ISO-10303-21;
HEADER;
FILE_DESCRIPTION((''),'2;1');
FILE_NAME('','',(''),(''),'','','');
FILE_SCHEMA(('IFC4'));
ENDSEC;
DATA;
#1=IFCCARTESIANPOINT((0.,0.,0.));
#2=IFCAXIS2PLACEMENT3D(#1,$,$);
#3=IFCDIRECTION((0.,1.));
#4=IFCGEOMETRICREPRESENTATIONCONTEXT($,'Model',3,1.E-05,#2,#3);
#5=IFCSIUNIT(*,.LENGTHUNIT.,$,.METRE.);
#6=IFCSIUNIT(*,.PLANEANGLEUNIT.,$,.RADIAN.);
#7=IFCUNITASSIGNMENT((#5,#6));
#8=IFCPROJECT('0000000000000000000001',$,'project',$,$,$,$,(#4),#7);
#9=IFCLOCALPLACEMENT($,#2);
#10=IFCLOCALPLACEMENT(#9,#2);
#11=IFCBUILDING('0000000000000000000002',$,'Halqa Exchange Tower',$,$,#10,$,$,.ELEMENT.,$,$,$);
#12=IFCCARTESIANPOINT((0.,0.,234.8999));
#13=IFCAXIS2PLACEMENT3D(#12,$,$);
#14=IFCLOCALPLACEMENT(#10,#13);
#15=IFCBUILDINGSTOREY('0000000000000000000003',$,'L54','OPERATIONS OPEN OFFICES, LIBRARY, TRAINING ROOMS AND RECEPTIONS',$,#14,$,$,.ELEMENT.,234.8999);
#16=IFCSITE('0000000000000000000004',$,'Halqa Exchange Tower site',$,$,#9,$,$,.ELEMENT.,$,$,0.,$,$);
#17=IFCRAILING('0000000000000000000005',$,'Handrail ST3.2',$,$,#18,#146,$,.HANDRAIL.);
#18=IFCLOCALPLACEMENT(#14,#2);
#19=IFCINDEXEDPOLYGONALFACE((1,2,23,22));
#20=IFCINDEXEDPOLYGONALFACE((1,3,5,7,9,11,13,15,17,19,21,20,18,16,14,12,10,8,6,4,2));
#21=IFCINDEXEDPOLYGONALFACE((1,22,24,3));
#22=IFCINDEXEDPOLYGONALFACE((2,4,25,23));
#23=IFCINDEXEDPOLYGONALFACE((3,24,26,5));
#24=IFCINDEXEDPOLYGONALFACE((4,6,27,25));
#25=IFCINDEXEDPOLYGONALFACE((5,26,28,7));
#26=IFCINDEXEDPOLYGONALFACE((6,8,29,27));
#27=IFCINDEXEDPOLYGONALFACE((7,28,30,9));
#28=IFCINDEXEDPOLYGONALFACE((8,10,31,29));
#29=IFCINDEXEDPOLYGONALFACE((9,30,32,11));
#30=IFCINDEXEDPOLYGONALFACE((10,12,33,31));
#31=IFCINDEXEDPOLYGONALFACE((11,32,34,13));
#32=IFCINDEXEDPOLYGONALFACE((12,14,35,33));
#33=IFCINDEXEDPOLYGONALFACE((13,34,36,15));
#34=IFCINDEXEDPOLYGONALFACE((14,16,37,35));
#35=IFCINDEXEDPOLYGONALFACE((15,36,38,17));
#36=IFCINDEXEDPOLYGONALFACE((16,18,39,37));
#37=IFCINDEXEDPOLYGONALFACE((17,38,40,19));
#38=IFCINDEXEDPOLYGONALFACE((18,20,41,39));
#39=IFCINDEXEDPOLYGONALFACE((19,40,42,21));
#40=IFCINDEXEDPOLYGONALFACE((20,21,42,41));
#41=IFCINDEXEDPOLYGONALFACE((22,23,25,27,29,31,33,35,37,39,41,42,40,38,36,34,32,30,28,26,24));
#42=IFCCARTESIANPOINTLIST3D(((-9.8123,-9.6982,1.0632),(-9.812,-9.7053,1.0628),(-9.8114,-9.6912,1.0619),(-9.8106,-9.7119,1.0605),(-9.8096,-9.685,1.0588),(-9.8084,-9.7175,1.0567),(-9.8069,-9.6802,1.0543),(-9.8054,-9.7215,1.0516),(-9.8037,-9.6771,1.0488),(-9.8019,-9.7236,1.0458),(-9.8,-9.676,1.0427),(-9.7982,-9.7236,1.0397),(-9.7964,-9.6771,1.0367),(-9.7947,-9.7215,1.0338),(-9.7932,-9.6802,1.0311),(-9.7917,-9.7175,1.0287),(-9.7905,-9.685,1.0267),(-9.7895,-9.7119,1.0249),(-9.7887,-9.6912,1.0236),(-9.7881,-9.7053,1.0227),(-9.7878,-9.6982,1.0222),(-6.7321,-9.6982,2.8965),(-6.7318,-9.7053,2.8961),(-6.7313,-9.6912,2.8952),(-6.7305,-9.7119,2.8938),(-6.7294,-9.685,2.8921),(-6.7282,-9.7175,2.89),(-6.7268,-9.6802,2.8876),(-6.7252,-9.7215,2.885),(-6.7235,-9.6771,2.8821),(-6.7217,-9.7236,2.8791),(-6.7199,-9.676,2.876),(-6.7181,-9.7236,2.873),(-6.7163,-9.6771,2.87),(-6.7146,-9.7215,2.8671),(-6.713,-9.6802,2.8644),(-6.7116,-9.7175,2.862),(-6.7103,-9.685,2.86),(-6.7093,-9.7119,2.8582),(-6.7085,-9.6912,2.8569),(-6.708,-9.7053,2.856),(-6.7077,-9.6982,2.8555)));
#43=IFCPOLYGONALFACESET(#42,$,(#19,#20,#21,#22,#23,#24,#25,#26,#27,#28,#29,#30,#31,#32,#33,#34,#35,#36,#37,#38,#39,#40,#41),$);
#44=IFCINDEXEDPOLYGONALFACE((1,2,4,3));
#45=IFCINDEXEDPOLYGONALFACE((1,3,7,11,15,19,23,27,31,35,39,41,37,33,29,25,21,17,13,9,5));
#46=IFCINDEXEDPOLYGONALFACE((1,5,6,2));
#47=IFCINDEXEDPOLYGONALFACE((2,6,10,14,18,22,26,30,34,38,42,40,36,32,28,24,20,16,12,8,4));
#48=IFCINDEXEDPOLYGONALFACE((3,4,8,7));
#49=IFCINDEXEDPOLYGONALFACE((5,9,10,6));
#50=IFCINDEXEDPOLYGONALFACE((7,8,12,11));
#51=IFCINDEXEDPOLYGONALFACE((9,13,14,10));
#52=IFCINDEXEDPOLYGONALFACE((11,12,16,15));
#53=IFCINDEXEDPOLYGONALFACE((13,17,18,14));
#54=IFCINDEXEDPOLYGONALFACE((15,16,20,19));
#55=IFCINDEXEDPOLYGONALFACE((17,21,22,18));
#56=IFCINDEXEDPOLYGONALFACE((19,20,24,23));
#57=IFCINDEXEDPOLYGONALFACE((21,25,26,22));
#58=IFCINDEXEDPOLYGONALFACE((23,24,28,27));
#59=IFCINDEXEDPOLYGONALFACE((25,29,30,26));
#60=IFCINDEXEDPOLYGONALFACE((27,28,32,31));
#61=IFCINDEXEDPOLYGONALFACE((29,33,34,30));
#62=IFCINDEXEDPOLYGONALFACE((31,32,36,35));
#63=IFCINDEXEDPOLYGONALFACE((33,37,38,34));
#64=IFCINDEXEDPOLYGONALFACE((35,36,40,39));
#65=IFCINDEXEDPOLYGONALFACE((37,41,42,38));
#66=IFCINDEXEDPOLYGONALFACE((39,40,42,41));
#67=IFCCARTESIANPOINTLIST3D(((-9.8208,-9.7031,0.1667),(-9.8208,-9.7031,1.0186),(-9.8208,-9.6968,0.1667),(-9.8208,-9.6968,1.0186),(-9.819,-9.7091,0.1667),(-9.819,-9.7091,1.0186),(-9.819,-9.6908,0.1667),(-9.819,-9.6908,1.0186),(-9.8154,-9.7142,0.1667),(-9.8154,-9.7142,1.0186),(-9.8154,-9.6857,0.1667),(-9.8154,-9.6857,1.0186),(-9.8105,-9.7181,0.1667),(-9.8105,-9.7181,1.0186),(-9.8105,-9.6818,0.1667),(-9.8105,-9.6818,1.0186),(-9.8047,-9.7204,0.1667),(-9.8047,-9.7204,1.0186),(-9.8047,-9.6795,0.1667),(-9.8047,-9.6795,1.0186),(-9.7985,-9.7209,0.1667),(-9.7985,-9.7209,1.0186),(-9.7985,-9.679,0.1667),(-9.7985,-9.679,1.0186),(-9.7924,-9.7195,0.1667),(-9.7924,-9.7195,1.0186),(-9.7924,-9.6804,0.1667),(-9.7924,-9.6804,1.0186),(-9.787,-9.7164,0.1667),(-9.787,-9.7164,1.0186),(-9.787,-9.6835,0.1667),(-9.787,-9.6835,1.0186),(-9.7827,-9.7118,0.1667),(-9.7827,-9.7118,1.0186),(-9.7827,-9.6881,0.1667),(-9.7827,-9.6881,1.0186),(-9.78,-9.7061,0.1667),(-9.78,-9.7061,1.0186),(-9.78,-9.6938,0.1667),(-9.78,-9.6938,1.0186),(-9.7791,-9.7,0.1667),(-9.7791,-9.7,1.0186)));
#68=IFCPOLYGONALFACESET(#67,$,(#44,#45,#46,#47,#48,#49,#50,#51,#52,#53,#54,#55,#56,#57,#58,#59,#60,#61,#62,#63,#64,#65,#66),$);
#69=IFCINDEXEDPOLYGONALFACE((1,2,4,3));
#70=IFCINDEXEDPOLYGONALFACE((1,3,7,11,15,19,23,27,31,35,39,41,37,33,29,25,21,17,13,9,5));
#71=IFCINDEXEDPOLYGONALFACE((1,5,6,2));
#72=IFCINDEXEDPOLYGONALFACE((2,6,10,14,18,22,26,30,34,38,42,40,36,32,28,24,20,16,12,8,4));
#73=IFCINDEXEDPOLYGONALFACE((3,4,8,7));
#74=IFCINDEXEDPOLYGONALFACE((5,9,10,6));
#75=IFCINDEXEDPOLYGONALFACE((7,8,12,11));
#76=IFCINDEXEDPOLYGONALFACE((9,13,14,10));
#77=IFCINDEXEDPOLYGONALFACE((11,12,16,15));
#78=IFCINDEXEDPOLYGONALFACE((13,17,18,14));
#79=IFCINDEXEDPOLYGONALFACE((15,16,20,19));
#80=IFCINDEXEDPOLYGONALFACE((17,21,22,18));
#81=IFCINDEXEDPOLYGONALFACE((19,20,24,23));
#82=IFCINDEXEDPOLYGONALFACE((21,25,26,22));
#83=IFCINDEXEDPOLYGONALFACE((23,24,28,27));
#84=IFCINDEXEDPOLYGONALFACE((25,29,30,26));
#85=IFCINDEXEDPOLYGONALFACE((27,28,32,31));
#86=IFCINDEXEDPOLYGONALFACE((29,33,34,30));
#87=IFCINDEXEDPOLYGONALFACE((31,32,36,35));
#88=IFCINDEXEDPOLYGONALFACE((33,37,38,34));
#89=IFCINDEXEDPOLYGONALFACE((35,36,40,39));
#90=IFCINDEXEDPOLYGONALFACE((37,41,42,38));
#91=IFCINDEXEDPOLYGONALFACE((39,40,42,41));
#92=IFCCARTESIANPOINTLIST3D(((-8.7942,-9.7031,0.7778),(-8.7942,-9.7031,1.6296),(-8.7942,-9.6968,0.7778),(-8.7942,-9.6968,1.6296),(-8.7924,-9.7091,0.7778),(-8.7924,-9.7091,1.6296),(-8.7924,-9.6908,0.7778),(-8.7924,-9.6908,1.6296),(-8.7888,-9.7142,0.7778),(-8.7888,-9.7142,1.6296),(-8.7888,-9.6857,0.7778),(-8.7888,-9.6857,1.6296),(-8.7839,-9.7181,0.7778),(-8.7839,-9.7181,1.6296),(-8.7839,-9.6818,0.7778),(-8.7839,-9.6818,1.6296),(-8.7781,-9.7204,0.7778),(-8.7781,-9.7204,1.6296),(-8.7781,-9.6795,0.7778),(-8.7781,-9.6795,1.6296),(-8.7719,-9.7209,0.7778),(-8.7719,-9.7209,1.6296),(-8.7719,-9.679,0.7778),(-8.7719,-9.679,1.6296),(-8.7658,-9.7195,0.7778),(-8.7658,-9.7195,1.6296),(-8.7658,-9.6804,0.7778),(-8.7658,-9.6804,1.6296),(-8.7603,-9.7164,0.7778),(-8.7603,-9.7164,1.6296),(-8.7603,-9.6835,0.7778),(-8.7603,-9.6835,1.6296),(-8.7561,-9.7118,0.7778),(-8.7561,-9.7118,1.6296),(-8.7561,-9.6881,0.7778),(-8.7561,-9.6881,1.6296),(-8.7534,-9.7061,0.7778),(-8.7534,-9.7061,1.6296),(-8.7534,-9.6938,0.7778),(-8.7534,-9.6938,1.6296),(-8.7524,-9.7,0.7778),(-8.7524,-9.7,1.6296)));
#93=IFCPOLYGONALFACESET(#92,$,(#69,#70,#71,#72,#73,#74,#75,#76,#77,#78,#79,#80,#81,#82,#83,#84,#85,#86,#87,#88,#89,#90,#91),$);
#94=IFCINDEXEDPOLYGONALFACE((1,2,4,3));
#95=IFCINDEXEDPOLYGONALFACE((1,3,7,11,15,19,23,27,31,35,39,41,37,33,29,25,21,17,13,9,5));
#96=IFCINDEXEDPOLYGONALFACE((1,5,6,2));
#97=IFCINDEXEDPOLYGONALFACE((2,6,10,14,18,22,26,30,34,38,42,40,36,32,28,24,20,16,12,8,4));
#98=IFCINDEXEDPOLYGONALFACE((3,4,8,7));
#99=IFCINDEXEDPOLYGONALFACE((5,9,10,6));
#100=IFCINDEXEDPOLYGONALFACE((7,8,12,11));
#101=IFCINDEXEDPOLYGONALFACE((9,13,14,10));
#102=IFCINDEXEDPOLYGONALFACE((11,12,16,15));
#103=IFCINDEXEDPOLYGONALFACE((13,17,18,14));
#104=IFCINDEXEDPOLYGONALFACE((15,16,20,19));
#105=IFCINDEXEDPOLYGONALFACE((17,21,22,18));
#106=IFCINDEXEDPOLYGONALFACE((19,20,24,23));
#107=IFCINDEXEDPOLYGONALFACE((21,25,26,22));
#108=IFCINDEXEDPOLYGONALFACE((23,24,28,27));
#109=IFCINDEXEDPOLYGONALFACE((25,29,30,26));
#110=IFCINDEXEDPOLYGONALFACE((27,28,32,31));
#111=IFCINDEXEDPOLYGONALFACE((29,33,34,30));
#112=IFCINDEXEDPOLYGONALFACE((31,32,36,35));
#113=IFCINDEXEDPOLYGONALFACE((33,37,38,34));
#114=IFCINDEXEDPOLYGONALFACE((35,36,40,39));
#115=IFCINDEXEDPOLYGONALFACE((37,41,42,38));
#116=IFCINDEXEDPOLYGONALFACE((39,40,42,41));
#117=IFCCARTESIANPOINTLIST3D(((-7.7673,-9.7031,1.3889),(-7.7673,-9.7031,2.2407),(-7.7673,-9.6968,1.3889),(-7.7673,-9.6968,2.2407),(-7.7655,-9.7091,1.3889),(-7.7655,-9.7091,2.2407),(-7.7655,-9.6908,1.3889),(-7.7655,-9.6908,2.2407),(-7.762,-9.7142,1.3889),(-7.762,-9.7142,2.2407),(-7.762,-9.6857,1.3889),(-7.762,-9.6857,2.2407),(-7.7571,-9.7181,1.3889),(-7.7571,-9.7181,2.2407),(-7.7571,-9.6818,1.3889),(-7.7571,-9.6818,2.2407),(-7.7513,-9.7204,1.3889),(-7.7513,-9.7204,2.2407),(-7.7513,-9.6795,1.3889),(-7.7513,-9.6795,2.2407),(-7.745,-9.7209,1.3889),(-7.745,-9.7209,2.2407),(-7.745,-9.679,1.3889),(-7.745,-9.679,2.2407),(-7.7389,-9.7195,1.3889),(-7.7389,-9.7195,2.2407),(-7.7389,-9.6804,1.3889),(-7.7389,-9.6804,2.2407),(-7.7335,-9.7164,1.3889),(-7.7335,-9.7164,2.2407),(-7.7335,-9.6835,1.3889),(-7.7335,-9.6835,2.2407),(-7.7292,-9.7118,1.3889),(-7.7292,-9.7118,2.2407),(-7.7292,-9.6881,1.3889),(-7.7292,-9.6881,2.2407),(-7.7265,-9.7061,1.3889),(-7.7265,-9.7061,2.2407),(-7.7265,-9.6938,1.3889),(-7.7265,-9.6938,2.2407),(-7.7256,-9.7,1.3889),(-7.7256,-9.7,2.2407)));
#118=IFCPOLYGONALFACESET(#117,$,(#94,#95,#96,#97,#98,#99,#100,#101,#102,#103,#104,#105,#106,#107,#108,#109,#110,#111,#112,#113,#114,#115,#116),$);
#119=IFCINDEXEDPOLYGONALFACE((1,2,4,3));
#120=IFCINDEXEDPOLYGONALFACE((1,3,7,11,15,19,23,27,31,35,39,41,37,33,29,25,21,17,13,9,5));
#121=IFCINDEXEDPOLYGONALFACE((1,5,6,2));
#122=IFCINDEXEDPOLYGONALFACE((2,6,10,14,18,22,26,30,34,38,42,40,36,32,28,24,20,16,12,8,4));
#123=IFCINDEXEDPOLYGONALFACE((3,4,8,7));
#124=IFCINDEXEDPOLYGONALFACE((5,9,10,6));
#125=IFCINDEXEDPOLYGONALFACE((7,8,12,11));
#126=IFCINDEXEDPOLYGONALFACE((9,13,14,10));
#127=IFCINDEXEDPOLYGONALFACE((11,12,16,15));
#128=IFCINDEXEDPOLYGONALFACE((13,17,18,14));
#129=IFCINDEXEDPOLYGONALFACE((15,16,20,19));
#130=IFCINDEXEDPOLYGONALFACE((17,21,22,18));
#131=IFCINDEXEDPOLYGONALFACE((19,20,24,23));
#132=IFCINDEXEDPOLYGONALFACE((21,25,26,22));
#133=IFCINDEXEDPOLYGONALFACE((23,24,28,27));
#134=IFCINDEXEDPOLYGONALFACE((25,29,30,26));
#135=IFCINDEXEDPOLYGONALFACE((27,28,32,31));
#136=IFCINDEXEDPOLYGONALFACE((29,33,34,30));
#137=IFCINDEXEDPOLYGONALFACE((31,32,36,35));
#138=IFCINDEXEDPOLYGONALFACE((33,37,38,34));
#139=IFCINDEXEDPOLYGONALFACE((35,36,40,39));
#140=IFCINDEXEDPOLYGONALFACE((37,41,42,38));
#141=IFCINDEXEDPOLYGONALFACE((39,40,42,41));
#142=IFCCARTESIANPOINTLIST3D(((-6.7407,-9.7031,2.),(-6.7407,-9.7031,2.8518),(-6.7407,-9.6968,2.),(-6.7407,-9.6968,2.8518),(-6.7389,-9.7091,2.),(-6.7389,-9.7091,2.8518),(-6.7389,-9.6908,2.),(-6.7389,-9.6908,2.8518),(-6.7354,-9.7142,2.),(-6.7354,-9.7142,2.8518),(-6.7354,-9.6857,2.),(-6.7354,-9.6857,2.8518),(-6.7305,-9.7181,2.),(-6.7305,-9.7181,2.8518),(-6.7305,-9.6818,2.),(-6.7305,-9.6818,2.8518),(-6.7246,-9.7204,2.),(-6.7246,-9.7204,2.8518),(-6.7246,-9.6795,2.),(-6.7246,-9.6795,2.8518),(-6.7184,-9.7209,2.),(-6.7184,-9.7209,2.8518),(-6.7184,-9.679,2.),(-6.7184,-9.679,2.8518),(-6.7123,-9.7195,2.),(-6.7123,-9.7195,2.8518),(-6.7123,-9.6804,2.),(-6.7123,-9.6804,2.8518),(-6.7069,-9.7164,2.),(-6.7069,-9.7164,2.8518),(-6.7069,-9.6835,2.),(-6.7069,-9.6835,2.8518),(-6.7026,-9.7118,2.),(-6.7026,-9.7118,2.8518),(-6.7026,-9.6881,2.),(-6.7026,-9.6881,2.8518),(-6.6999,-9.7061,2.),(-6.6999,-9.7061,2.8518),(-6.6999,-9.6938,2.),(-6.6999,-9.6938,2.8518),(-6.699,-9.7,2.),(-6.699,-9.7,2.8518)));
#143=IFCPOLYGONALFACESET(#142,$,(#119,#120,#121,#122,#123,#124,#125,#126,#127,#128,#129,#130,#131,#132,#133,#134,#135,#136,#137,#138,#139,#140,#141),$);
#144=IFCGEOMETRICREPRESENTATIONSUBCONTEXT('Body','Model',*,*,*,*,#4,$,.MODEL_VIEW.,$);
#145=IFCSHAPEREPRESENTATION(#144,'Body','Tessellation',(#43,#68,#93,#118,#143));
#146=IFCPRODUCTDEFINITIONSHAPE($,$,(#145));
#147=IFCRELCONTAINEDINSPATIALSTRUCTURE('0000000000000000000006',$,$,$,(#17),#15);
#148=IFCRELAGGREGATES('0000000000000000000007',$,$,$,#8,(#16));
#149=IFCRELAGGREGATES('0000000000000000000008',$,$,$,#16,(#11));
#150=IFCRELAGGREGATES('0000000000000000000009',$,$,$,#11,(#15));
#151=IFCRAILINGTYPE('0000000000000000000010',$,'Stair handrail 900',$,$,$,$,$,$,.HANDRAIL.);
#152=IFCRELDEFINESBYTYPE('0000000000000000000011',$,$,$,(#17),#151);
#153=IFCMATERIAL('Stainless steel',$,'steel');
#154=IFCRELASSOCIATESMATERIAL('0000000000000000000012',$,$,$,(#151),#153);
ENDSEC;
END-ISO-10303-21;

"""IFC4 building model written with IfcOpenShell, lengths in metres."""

from ifc_helpers import new_model, si_unit, direction, frame, origin, origin_2d, place, context, subcontext, project, spatial, circle, extrude, material, type_object, element, save


model = new_model("IFC4")

# Units and contexts
model_context = context("Model", 3, precision=1e-05, world=origin(), true_north=direction((0.0, 1.0)))
body_context = subcontext(model_context, "Body", "Model", "MODEL_VIEW")
ifc_project = project(units=[si_unit("LENGTHUNIT", "METRE"), si_unit("PLANEANGLEUNIT", "RADIAN")], contexts=[model_context])

# Site, building, storey
site_placement = place(None, origin())
site = spatial("IfcSite", under=ifc_project, at=site_placement, Name="Halqa Exchange Tower site", CompositionType="ELEMENT", RefElevation=0.0)
building_placement = place(site_placement, origin())
building = spatial("IfcBuilding", under=site, at=building_placement, Name="Halqa Exchange Tower", CompositionType="ELEMENT")
storey_placement = place(building_placement, frame((0.0, 0.0, 234.8999)))
storey = spatial("IfcBuildingStorey", under=building, at=storey_placement, Name="L54", Description="OPERATIONS OPEN OFFICES, LIBRARY, TRAINING ROOMS AND RECEPTIONS", CompositionType="ELEMENT", Elevation=234.8999)

# Shared definitions
ifc_material_1 = material(Name="Stainless steel", Category="steel")

# Railing
railing_type_1 = type_object("IfcRailingType", Name="Stair handrail 900", PredefinedType="HANDRAIL", material=ifc_material_1)
railing_1_placement = place(storey_placement, frame((-9.8, -9.7, 0.1667)))
element("IfcRailing", 1, at=railing_1_placement, inside=storey, type_object=railing_type_1, Name="Handrail ST3.2", PredefinedType="HANDRAIL", context=body_context, shape_type="SweptSolid", body=[
    extrude(circle(Radius=0.0239, at=origin_2d()), frame((0.0, 0.0, 0.876), z_axis=(0.859309, 0.0, 0.511458), x_axis=(0.0, 1.0, 0.0)), (0.0, 0.0, 1.0), 3.5845),
    extrude(circle(Radius=0.021, at=origin_2d()), origin(), (0.0, 0.0, 1.0), 0.8518),
    extrude(circle(Radius=0.021, at=origin_2d()), frame((1.0266, 0.0, 0.6111)), (0.0, 0.0, 1.0), 0.8518),
    extrude(circle(Radius=0.021, at=origin_2d()), frame((2.0535, 0.0, 1.2222)), (0.0, 0.0, 1.0), 0.8518),
    extrude(circle(Radius=0.021, at=origin_2d()), frame((3.0801, 0.0, 1.8333)), (0.0, 0.0, 1.0), 0.8518),
])

save(model, "model.ifc")
